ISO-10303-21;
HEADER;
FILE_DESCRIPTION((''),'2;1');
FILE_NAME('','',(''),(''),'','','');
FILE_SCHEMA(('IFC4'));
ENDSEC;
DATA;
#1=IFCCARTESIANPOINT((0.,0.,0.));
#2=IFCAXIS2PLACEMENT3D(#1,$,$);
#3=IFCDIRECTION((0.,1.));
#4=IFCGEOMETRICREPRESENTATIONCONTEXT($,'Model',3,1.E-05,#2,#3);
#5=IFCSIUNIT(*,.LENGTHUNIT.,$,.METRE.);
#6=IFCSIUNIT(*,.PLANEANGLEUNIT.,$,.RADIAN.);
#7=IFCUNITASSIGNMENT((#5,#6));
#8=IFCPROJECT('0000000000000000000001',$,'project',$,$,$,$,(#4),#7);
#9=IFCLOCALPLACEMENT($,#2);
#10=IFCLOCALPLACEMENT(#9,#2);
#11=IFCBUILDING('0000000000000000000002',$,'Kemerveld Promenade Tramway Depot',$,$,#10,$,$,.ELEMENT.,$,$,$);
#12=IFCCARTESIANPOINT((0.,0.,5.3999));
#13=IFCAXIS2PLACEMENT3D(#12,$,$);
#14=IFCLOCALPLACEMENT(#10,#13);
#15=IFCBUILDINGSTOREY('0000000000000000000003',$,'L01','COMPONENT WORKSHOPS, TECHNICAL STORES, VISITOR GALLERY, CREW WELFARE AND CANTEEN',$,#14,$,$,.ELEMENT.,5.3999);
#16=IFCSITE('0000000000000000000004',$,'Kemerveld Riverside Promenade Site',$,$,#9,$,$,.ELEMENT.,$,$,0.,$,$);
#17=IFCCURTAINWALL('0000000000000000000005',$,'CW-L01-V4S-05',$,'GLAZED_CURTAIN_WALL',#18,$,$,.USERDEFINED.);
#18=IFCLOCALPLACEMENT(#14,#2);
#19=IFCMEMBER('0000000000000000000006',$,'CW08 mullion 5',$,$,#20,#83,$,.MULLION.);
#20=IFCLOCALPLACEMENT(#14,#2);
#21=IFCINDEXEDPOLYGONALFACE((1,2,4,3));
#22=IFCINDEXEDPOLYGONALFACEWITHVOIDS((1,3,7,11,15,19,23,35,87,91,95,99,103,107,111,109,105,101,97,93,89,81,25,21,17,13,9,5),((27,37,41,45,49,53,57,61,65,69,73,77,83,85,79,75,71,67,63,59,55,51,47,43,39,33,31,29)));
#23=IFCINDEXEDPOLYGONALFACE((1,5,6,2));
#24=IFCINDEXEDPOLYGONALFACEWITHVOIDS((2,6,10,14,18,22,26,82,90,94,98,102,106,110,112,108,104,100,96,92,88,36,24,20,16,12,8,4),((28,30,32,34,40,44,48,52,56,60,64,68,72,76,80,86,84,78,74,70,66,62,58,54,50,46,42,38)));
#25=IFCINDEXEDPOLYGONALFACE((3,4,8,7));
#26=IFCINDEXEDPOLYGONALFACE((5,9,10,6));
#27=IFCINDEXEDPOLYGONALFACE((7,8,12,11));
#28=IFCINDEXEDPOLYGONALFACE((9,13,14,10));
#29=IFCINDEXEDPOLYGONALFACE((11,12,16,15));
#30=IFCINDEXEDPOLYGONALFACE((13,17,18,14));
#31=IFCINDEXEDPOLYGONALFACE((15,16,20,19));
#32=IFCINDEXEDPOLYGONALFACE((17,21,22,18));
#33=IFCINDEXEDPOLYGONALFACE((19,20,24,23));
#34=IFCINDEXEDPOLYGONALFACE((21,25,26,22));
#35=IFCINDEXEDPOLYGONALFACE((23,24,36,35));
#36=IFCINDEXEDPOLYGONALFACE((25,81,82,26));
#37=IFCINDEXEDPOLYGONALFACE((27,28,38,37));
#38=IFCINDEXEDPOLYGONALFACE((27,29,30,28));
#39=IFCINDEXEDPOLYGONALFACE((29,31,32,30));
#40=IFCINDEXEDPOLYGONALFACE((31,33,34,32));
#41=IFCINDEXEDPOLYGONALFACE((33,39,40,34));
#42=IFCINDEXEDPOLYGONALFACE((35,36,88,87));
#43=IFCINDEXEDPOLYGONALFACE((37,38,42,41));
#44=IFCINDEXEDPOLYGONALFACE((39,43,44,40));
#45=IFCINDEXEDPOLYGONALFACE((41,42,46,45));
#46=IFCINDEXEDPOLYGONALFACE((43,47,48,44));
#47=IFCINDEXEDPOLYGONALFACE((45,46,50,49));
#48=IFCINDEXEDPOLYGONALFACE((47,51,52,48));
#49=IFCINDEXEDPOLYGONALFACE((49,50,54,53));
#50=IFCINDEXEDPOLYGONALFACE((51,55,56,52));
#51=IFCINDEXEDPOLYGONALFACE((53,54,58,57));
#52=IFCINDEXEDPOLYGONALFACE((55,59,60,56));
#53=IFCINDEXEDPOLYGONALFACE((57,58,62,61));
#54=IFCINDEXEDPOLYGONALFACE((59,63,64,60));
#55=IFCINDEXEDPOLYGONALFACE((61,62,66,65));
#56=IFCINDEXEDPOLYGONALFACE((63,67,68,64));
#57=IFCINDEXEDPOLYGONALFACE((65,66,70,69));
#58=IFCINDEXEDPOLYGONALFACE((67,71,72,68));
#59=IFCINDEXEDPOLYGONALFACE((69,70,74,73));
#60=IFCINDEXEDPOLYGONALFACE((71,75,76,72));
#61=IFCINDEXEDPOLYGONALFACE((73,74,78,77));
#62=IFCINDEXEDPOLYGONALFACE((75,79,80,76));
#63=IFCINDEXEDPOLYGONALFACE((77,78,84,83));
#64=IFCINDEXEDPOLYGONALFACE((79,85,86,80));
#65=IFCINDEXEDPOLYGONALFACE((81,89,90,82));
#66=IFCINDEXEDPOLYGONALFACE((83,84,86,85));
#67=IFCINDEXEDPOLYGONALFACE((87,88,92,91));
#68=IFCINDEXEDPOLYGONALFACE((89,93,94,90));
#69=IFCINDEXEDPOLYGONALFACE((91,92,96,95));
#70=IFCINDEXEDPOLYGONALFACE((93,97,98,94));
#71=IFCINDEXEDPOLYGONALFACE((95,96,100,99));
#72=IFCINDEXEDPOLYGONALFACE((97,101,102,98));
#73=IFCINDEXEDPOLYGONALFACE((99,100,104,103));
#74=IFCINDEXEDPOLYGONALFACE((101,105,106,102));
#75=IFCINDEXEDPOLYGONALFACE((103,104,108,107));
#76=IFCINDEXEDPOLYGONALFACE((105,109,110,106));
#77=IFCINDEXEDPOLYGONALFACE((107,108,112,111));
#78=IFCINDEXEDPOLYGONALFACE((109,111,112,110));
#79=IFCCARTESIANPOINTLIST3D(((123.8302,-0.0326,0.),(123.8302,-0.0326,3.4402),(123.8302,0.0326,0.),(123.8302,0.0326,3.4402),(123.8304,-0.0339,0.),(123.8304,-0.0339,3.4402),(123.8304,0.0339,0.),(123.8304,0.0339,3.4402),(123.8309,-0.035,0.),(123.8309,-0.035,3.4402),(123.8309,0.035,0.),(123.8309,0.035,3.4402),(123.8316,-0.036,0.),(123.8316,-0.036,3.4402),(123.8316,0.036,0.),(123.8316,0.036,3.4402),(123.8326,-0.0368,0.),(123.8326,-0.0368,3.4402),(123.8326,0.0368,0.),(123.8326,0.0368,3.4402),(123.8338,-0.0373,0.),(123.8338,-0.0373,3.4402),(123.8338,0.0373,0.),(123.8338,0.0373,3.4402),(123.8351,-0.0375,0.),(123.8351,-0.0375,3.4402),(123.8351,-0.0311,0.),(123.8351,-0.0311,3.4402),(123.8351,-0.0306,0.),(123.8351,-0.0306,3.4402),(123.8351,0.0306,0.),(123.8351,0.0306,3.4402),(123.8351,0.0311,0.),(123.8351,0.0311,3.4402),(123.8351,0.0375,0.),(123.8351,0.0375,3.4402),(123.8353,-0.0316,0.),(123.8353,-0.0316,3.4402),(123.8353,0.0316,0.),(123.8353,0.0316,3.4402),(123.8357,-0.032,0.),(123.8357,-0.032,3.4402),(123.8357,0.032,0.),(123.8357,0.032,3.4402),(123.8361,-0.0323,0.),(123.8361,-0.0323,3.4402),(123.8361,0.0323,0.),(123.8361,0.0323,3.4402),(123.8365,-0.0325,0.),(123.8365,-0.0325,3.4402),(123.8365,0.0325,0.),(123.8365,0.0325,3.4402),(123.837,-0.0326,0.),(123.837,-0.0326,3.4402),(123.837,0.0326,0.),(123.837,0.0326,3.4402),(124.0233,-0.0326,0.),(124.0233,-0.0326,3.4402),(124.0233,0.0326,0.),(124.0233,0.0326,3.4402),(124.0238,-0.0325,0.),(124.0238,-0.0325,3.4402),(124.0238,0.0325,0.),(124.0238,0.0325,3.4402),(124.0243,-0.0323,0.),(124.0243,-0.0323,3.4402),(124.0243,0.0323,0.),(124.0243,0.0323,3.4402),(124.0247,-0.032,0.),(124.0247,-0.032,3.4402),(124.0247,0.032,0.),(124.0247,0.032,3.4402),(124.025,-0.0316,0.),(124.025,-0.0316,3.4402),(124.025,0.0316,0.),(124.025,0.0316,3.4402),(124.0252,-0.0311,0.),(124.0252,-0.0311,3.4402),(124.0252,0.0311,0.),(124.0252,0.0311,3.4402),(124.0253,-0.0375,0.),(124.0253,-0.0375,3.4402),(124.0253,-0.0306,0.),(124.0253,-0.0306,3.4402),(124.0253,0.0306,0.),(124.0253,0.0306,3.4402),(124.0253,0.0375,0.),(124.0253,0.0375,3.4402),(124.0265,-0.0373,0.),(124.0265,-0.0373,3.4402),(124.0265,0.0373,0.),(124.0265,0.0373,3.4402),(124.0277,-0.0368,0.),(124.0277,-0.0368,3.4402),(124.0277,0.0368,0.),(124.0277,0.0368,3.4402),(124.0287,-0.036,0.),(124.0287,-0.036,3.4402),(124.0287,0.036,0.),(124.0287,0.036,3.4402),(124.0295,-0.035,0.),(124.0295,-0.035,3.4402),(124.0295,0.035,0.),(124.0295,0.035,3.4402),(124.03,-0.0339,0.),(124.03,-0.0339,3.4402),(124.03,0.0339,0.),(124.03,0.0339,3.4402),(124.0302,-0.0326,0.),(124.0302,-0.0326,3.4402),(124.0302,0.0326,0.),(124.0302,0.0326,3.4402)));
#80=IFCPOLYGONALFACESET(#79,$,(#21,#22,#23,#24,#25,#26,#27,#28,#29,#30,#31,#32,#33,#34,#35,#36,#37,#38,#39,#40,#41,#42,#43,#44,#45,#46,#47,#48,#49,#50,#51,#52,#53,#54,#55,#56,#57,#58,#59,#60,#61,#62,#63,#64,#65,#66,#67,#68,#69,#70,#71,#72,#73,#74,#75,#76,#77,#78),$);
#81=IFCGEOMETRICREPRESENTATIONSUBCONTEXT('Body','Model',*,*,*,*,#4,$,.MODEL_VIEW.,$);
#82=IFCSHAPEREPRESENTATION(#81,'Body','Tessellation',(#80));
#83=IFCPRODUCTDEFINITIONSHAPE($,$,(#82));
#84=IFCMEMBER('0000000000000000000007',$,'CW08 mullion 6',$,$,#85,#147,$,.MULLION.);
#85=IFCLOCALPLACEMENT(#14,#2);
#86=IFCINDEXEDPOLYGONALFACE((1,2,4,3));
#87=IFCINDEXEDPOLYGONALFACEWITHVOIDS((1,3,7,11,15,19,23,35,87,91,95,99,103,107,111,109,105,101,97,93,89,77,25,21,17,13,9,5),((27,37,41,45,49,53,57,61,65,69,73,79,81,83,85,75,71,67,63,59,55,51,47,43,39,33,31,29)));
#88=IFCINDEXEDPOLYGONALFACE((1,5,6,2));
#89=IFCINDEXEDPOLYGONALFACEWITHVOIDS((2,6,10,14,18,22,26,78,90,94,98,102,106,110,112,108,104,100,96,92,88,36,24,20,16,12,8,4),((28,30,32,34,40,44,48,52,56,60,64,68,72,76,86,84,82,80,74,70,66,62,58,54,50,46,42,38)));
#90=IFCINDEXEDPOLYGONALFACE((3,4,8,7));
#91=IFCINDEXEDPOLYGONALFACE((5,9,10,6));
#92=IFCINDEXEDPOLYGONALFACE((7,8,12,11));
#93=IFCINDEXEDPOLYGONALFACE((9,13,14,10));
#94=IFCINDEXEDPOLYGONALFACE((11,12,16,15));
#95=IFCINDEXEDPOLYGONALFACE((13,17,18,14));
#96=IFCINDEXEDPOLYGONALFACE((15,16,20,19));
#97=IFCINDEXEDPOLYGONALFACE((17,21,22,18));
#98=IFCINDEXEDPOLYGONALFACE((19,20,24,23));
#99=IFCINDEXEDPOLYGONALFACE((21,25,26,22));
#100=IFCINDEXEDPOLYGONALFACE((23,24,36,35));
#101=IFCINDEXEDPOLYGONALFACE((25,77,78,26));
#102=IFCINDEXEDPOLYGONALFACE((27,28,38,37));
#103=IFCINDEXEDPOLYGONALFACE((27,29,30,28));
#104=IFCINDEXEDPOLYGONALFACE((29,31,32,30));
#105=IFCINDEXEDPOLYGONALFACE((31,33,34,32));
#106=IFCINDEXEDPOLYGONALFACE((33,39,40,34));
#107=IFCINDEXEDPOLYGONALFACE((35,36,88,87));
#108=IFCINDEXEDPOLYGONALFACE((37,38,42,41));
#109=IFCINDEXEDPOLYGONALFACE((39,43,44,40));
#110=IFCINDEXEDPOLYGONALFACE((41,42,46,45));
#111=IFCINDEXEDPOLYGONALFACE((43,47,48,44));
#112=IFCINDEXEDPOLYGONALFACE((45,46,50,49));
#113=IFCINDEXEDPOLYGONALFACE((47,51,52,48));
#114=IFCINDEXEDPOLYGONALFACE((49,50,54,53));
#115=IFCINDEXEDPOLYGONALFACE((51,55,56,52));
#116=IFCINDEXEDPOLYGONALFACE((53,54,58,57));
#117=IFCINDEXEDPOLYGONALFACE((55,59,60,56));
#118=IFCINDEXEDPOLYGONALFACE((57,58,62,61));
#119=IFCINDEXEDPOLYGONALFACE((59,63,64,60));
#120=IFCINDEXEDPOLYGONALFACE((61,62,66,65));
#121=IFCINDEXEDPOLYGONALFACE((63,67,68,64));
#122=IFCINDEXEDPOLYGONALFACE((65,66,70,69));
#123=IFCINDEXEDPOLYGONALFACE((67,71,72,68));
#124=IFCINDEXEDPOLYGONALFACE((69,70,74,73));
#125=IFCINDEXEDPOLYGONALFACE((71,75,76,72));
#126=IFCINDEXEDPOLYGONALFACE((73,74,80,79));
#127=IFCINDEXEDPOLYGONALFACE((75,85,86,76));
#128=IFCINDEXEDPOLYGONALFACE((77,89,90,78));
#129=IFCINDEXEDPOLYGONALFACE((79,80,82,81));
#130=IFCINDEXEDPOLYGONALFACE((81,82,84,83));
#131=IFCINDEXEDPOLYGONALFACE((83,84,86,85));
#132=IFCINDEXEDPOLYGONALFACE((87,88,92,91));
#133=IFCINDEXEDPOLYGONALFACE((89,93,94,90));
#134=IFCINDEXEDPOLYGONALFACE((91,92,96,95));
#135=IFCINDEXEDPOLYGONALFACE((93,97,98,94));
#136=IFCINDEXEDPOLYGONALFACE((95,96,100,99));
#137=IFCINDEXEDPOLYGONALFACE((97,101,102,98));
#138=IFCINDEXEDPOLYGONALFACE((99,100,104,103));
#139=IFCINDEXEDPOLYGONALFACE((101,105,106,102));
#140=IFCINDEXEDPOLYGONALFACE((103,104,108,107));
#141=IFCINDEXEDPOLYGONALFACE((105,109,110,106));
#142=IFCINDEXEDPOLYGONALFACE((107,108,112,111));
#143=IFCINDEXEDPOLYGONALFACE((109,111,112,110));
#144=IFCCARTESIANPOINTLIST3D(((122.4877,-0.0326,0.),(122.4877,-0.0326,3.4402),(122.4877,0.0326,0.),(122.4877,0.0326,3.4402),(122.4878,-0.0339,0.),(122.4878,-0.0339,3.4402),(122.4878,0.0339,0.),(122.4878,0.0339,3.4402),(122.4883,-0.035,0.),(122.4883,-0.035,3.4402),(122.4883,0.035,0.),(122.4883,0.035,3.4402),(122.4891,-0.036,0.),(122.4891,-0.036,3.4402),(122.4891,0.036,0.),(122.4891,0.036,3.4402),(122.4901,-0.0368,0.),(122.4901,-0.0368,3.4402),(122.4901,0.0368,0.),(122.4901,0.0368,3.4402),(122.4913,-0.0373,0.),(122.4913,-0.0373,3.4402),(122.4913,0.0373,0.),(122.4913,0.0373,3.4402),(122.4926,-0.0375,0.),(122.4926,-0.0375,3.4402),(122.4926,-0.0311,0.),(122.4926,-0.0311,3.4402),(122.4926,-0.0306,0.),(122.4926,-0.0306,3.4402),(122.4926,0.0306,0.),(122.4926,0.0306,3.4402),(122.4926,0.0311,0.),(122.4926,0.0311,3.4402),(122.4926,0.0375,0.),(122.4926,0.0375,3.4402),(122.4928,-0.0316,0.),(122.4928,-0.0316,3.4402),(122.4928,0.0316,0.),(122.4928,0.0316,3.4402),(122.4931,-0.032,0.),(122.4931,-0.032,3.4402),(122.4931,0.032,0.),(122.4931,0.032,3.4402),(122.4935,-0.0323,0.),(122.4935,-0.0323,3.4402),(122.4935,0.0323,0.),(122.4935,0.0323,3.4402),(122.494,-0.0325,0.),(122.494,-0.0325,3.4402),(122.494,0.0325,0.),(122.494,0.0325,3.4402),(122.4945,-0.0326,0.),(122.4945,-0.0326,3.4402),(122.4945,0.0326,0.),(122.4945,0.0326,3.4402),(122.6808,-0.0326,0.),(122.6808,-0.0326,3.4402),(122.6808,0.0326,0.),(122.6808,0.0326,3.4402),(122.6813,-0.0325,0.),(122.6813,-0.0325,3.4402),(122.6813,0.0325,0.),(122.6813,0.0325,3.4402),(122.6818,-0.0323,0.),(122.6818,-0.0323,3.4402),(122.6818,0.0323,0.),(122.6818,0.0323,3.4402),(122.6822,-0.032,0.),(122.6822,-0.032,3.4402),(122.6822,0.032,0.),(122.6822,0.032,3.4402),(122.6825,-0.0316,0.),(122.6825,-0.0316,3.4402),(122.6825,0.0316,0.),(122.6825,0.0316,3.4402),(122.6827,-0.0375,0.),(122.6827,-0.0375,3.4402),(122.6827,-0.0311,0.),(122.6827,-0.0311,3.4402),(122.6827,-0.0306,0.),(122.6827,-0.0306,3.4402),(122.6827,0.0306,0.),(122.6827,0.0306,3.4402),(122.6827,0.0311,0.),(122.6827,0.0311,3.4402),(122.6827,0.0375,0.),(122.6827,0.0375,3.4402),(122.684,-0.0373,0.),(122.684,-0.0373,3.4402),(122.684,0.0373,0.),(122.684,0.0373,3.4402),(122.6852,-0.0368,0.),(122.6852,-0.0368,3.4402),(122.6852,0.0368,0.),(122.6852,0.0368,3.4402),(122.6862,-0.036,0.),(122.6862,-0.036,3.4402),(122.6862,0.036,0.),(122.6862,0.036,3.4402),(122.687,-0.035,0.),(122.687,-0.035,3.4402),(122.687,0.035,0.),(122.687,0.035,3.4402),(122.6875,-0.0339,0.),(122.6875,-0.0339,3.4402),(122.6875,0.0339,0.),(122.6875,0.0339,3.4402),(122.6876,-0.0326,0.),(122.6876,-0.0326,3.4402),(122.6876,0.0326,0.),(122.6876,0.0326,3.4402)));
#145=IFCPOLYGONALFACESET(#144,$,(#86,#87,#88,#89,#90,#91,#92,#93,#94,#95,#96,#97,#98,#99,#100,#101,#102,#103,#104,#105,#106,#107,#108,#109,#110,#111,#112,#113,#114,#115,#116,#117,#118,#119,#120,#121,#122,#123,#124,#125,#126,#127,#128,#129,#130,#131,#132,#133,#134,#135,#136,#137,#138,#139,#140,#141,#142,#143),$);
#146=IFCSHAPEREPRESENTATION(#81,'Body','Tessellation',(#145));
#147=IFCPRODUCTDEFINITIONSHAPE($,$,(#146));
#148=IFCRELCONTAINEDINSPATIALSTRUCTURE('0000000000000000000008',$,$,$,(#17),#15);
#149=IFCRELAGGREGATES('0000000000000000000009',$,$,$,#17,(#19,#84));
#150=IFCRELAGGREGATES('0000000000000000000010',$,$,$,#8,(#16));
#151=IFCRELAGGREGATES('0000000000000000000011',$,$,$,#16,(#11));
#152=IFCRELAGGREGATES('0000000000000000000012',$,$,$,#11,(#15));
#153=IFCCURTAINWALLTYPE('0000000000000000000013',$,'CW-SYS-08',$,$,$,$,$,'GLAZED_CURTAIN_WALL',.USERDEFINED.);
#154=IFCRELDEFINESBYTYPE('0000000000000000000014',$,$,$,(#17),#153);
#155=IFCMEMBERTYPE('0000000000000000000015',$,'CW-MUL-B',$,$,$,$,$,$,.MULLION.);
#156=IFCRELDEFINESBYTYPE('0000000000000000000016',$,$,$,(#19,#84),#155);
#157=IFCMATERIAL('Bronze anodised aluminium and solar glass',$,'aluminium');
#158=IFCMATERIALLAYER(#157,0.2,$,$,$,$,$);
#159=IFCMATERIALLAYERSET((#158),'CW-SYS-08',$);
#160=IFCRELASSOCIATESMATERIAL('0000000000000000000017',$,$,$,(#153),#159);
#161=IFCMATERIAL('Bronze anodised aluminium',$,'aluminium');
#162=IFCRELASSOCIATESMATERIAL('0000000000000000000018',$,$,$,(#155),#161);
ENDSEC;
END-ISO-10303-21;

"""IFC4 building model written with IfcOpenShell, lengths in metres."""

from ifc_helpers import new_model, si_unit, direction, frame, origin, origin_2d, place, context, subcontext, project, spatial, hollow_rectangle, extrude, material, layer, layer_set, material_profile, profile_set, type_object, element, aggregate, save


model = new_model("IFC4")

# Units and contexts
model_context = context("Model", 3, precision=1e-05, world=origin(), true_north=direction((0.0, 1.0)))
body_context = subcontext(model_context, "Body", "Model", "MODEL_VIEW")
ifc_project = project(units=[si_unit("LENGTHUNIT", "METRE"), si_unit("PLANEANGLEUNIT", "RADIAN")], contexts=[model_context])

# Site, building, storey
site_placement = place(None, origin())
site = spatial("IfcSite", under=ifc_project, at=site_placement, Name="Kemerveld Riverside Promenade Site", CompositionType="ELEMENT", RefElevation=0.0)
building_placement = place(site_placement, origin())
building = spatial("IfcBuilding", under=site, at=building_placement, Name="Kemerveld Promenade Tramway Depot", CompositionType="ELEMENT")
storey_placement = place(building_placement, frame((0.0, 0.0, 5.3999)))
storey = spatial("IfcBuildingStorey", under=building, at=storey_placement, Name="L01", Description="COMPONENT WORKSHOPS, TECHNICAL STORES, VISITOR GALLERY, CREW WELFARE AND CANTEEN", CompositionType="ELEMENT", Elevation=5.3999)

# Curtain wall, members
ifc_material_1 = material(Name="Bronze anodised aluminium and solar glass", Category="aluminium")
ifc_layer_1 = layer(ifc_material_1, 0.2)
ifc_layer_set_1 = layer_set([ifc_layer_1], Name="CW-SYS-08")
curtain_wall_type = type_object("IfcCurtainWallType", Name="CW-SYS-08", ElementType="GLAZED_CURTAIN_WALL", PredefinedType="USERDEFINED", material=ifc_layer_set_1)
curtain_wall_placement = place(storey_placement, origin())
curtain_wall = element("IfcCurtainWall", 1, at=curtain_wall_placement, inside=storey, type_object=curtain_wall_type, Name="CW-L01-V4S-05", ObjectType="GLAZED_CURTAIN_WALL", PredefinedType="USERDEFINED")
ifc_material_2 = material(Name="Bronze anodised aluminium", Category="aluminium")
ifc_material_profile_1 = material_profile(ifc_material_2, hollow_rectangle(XDim=0.075, YDim=0.2, WallThickness=0.0049, InnerFilletRadius=0.002, OuterFilletRadius=0.0049, at=origin_2d()), Name="CW-MUL-200x75")
ifc_profile_set_1 = profile_set([ifc_material_profile_1], Name="Bronze anodised aluminium")
member_type_1 = type_object("IfcMemberType", Name="CW-MUL-B", PredefinedType="MULLION", material=ifc_profile_set_1)
member_1_placement = place(storey_placement, frame((123.9302, 0.0, 0.0), z_axis=(0.0, 0.0, 1.0), x_axis=(0.0, -1.0, 0.0)))
member_1 = element("IfcMember", 2, at=member_1_placement, type_object=member_type_1, Name="CW08 mullion 5", PredefinedType="MULLION", context=body_context, shape_type="SweptSolid", body=[
    extrude(hollow_rectangle(XDim=0.075, YDim=0.2, WallThickness=0.0049, InnerFilletRadius=0.002, OuterFilletRadius=0.0049, at=origin_2d()), origin(), (0.0, 0.0, 1.0), 3.4402),
])
member_2_placement = place(storey_placement, frame((122.5876, 0.0, 0.0), z_axis=(0.0, 0.0, 1.0), x_axis=(0.0, -1.0, 0.0)))
member_2 = element("IfcMember", 3, at=member_2_placement, type_object=member_type_1, Name="CW08 mullion 6", PredefinedType="MULLION", context=body_context, shape_type="SweptSolid", body=[
    extrude(hollow_rectangle(XDim=0.075, YDim=0.2, WallThickness=0.0049, InnerFilletRadius=0.002, OuterFilletRadius=0.0049, at=origin_2d()), origin(), (0.0, 0.0, 1.0), 3.4402),
])
aggregate(curtain_wall, [member_1, member_2])

save(model, "model.ifc")
